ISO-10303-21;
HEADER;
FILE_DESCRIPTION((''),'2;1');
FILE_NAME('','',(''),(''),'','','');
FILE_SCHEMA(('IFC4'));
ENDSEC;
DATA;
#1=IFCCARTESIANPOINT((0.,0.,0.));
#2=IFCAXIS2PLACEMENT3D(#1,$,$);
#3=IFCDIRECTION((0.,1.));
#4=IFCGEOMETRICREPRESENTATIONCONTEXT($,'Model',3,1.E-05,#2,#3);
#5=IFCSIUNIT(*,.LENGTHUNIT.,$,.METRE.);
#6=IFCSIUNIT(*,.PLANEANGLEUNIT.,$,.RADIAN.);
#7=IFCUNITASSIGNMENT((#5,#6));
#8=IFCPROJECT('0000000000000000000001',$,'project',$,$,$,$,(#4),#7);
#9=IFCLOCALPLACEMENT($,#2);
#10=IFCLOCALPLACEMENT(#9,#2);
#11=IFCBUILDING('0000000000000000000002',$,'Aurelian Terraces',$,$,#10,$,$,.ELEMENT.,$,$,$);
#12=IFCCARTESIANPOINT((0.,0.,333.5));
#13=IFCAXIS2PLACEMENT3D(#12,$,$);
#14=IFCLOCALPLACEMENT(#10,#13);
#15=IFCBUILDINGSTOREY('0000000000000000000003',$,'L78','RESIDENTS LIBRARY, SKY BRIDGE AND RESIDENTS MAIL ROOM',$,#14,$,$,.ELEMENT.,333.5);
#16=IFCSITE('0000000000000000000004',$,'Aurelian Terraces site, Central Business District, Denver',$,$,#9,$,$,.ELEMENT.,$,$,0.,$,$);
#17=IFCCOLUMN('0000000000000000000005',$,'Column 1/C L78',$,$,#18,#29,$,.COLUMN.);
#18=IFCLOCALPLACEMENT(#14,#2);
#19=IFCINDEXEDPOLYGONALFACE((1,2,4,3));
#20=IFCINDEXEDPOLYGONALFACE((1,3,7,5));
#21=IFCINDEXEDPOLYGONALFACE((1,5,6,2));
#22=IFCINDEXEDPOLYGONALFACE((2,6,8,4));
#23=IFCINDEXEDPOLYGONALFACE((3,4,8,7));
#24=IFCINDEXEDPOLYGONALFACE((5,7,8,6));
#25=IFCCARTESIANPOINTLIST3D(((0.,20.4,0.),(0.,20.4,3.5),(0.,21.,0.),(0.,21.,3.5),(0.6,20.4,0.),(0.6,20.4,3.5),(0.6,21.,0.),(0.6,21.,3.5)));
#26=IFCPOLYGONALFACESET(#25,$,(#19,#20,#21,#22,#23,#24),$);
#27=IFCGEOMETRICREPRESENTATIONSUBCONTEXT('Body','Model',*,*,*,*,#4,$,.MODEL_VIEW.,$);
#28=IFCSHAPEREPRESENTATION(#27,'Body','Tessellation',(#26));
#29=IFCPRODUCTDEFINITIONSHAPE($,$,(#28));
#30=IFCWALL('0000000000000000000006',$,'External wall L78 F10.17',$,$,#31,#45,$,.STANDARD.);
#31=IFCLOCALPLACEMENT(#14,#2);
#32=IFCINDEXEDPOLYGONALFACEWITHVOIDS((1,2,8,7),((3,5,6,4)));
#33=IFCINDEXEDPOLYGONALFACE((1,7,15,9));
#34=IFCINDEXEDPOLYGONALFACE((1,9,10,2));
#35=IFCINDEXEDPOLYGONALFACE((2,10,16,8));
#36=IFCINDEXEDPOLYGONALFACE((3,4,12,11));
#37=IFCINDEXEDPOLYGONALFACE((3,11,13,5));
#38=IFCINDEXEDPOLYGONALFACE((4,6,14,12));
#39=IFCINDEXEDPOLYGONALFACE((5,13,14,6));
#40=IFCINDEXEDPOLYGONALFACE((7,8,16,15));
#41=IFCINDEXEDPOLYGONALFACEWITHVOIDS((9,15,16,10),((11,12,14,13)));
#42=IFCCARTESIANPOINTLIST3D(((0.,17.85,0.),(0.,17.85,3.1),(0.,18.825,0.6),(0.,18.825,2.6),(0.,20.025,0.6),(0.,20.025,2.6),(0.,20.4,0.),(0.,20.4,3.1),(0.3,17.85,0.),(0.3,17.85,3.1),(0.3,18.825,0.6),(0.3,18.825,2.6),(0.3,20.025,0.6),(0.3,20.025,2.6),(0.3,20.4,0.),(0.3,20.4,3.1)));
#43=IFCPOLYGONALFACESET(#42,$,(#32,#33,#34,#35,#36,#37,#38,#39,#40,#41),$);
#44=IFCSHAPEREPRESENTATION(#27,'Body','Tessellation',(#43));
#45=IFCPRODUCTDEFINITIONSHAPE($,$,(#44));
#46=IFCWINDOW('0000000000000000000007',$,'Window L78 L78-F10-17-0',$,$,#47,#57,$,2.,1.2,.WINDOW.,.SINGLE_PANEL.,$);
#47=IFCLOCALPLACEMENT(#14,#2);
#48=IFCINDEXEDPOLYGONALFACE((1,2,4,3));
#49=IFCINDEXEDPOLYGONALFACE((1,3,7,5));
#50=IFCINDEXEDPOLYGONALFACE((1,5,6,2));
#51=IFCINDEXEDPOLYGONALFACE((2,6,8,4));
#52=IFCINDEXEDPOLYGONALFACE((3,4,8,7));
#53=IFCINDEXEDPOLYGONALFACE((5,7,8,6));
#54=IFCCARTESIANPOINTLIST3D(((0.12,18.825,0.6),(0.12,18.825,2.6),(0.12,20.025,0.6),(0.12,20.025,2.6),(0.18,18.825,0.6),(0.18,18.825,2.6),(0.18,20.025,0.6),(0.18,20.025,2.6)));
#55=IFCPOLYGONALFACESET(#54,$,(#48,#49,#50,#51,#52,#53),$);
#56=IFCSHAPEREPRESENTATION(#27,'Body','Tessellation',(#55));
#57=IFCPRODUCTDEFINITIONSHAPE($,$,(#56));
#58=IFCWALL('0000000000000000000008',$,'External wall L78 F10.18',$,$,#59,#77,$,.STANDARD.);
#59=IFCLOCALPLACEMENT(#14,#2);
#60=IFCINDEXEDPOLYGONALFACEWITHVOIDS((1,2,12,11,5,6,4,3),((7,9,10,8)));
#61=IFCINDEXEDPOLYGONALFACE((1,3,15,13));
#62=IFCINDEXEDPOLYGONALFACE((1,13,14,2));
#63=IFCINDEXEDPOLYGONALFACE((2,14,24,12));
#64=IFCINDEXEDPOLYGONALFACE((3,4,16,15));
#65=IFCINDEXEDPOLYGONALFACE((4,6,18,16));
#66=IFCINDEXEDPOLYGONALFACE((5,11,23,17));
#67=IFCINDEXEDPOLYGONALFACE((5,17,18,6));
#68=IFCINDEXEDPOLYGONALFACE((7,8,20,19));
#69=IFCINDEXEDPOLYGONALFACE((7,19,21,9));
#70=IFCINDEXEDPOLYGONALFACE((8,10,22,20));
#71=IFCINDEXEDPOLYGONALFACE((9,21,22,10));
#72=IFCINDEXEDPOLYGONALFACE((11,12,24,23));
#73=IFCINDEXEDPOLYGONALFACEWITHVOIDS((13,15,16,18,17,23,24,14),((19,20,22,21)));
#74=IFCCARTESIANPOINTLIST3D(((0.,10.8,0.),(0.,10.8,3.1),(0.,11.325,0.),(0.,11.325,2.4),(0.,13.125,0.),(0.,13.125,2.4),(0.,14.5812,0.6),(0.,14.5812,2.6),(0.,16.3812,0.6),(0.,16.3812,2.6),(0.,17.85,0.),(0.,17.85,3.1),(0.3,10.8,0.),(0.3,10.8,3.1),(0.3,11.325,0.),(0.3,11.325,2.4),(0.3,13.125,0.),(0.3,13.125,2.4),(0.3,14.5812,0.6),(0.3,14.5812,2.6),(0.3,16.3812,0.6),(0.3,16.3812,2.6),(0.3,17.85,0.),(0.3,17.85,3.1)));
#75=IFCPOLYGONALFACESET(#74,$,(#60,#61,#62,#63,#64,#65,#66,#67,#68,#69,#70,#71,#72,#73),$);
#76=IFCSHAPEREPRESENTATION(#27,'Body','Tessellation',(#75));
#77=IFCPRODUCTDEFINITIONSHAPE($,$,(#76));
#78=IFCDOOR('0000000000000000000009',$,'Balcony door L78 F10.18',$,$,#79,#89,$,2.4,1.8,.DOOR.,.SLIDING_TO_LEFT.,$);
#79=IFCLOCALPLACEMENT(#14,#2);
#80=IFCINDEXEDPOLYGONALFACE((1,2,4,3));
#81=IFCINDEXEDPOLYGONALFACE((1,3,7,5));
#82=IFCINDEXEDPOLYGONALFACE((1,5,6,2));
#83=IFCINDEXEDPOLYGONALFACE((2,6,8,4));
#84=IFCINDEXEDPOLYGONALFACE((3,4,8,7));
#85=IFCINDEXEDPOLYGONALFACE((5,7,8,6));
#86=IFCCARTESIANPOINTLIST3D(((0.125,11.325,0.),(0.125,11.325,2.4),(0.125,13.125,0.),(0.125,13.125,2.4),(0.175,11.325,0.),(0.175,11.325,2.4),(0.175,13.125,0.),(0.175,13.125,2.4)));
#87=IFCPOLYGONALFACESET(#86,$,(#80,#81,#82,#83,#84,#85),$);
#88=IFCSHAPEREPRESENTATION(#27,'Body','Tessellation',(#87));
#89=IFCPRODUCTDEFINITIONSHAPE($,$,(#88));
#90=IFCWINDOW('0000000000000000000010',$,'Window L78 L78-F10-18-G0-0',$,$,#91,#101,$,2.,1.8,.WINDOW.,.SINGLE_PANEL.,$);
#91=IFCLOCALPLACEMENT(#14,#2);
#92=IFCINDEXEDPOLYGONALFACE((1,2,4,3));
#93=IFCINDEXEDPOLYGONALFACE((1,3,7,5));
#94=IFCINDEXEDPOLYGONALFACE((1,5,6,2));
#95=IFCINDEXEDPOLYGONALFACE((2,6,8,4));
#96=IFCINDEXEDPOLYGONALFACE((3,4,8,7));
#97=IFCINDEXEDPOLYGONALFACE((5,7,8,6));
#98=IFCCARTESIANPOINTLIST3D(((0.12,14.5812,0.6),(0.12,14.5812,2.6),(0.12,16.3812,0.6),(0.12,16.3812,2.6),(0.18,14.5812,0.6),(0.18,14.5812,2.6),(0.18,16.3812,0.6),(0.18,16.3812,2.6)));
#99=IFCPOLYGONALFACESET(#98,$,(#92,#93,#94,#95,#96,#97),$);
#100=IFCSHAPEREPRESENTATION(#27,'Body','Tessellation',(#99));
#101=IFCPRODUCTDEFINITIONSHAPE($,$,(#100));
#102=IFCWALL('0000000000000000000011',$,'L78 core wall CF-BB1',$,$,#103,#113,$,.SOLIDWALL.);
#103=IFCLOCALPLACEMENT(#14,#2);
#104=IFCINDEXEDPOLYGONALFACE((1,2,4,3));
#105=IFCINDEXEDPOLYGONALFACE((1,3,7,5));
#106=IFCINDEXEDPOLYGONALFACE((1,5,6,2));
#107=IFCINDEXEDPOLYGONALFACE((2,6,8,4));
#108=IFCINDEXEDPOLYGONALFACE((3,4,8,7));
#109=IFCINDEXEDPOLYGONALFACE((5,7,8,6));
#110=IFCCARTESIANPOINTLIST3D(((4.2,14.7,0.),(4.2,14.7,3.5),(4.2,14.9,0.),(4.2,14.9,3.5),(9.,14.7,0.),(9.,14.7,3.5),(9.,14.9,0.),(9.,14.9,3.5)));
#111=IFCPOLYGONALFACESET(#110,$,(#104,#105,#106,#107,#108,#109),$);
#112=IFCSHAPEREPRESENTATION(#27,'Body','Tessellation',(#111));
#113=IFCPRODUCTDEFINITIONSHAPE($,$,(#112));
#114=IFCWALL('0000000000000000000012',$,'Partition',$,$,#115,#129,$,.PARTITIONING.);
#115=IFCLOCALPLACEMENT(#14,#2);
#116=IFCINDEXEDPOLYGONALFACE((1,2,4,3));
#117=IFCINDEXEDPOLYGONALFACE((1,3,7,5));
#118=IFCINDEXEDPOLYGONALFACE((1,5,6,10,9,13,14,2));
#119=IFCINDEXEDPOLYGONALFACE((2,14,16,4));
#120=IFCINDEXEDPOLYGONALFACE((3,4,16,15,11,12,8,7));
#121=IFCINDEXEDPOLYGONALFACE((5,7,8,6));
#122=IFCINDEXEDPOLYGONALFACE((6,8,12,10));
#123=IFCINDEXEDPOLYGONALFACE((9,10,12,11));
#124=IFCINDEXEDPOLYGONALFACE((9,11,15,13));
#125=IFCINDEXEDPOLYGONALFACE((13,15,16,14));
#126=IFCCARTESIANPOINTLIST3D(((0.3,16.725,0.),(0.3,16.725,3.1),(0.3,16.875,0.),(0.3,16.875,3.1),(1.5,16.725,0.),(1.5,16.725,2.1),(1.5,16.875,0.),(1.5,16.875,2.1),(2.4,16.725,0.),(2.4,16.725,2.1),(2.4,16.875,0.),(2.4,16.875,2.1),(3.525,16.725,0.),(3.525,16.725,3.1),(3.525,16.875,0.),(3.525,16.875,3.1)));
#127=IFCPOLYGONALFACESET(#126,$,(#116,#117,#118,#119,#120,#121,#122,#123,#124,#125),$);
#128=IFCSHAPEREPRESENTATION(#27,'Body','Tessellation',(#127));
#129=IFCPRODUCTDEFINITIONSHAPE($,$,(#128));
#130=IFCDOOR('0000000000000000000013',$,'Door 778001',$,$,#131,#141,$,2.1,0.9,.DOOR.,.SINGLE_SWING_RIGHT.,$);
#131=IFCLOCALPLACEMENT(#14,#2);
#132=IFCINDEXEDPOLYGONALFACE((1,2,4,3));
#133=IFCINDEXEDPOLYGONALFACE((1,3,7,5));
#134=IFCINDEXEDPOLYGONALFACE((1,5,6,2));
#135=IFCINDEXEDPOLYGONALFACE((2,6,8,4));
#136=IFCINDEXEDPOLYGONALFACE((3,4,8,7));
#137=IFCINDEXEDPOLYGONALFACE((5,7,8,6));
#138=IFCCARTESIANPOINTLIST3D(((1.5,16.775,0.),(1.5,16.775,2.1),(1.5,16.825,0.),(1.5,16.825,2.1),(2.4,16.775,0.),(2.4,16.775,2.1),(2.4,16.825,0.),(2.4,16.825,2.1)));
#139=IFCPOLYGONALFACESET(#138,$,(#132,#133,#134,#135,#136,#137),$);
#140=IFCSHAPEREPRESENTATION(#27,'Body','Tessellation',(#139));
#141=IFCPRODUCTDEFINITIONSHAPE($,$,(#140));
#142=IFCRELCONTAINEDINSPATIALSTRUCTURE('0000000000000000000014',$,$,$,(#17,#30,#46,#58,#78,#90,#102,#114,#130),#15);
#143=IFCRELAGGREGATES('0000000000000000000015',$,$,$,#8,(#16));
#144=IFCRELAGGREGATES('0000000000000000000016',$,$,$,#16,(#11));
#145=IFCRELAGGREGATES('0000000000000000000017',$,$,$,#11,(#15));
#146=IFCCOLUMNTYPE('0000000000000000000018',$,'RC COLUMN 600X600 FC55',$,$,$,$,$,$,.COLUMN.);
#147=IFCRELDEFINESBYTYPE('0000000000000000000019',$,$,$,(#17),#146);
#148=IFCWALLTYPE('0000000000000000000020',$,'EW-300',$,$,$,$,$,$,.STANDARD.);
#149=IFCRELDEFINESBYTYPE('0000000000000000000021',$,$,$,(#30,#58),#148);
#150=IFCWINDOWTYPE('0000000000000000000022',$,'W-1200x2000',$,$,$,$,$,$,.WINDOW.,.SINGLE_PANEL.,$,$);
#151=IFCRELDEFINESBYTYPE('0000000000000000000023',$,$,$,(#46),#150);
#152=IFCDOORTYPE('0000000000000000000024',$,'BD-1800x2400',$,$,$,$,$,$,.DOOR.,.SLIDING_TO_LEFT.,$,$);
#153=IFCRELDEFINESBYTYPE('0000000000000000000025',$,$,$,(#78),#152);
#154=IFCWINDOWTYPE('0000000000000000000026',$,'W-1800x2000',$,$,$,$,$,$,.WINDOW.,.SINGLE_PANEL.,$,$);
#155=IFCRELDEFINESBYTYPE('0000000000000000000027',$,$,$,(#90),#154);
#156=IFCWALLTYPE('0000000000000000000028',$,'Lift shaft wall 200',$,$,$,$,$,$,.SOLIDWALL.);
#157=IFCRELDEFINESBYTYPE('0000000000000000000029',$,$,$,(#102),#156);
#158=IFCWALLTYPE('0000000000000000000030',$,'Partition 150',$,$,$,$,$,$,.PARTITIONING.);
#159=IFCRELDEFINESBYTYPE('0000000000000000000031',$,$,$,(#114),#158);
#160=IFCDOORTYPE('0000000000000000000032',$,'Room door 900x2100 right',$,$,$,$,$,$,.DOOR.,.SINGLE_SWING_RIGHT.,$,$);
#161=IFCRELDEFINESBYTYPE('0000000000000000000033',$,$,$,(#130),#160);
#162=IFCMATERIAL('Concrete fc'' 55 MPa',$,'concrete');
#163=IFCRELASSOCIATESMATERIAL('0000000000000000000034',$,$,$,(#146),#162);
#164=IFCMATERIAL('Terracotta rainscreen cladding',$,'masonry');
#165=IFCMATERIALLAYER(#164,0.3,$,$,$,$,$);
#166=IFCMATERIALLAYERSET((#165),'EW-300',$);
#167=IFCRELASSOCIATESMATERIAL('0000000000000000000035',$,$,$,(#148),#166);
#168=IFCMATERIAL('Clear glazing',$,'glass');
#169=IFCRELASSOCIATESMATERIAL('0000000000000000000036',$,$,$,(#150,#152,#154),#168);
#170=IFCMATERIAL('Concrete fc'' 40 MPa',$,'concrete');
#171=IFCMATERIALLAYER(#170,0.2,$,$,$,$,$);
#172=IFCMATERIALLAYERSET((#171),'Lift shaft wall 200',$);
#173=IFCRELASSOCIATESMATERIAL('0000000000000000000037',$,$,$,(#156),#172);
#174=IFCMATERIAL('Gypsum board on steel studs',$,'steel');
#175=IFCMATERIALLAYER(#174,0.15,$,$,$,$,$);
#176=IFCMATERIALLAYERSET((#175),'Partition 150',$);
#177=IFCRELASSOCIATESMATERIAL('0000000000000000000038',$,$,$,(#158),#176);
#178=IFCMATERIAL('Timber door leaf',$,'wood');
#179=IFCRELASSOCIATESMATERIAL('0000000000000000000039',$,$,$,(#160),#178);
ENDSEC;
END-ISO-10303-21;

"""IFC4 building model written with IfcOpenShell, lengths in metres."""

from ifc_helpers import new_model, si_unit, direction, frame, frame_2d, origin, origin_2d, place, context, subcontext, project, spatial, rectangle, extrude, source, transform, mapped, material, layer, layer_set, material_profile, profile_set, type_object, element, fill, save


model = new_model("IFC4")

# Units and contexts
model_context = context("Model", 3, precision=1e-05, world=origin(), true_north=direction((0.0, 1.0)))
body_context = subcontext(model_context, "Body", "Model", "MODEL_VIEW")
ifc_project = project(units=[si_unit("LENGTHUNIT", "METRE"), si_unit("PLANEANGLEUNIT", "RADIAN")], contexts=[model_context])

# Site, building, storey
site_placement = place(None, origin())
site = spatial("IfcSite", under=ifc_project, at=site_placement, Name="Aurelian Terraces site, Central Business District, Denver", CompositionType="ELEMENT", RefElevation=0.0)
building_placement = place(site_placement, origin())
building = spatial("IfcBuilding", under=site, at=building_placement, Name="Aurelian Terraces", CompositionType="ELEMENT")
storey_placement = place(building_placement, frame((0.0, 0.0, 333.5)))
storey = spatial("IfcBuildingStorey", under=building, at=storey_placement, Name="L78", Description="RESIDENTS LIBRARY, SKY BRIDGE AND RESIDENTS MAIL ROOM", CompositionType="ELEMENT", Elevation=333.5)

# Column
ifc_material_1 = material(Name="Concrete fc' 55 MPa", Category="concrete")
ifc_material_profile = material_profile(ifc_material_1, rectangle(XDim=0.6, YDim=0.6, at=origin_2d()))
ifc_profile_set = profile_set([ifc_material_profile], Name="Concrete fc' 55 MPa")
column_type = type_object("IfcColumnType", Name="RC COLUMN 600X600 FC55", PredefinedType="COLUMN", material=ifc_profile_set)
shared_shape_1 = source(origin(), body_context, "Body", "SweptSolid", [
    extrude(rectangle(XDim=0.6, YDim=0.6, at=origin_2d()), origin(), (0.0, 0.0, 1.0), 3.5),
])
column_placement = place(storey_placement, frame((0.3, 20.7, 0.0), z_axis=(0.0, 0.0, 1.0), x_axis=(1.0, 0.0, 0.0)))
element("IfcColumn", 1, at=column_placement, inside=storey, type_object=column_type, Name="Column 1/C L78", PredefinedType="COLUMN", context=body_context, shape_type="MappedRepresentation", body=[
    mapped(shared_shape_1, transform((0.0, 0.0, 0.0), scale=1.0)),
])

# Wall, opening, window
ifc_material_2 = material(Name="Terracotta rainscreen cladding", Category="masonry")
ifc_layer_1 = layer(ifc_material_2, 0.3)
ifc_layer_set_1 = layer_set([ifc_layer_1], Name="EW-300")
wall_type_1 = type_object("IfcWallType", Name="EW-300", PredefinedType="STANDARD", material=ifc_layer_set_1)
wall_1_placement = place(storey_placement, frame((0.15, 20.4, 0.0), z_axis=(0.0, 0.0, 1.0), x_axis=(0.0, -1.0, 0.0)))
wall_1 = element("IfcWall", 2, at=wall_1_placement, inside=storey, type_object=wall_type_1, Name="External wall L78 F10.17", PredefinedType="STANDARD", context=body_context, shape_type="SweptSolid", body=[
    extrude(rectangle(XDim=2.55, YDim=0.3, at=frame_2d((1.275, 0.0))), origin(), (0.0, 0.0, 1.0), 3.1),
])
shared_shape_2 = source(origin(), body_context, "Body", "SweptSolid", [
    extrude(rectangle(XDim=1.2, YDim=2.0, at=frame_2d((0.6, 1.0))), frame((0.0, 0.16, 0.0), z_axis=(0.0, -1.0, 0.0), x_axis=(1.0, 0.0, 0.0)), (0.0, 0.0, 1.0), 0.32),
])
opening_1_placement = place(wall_1_placement, frame((0.375, 0.0, 0.6)))
opening_1 = element("IfcOpeningElement", 3, at=opening_1_placement, cuts=wall_1, PredefinedType="OPENING", context=body_context, shape_type="MappedRepresentation", body=[
    mapped(shared_shape_2, transform((0.0, 0.0, 0.0), scale=1.0)),
])
ifc_material_3 = material(Name="Clear glazing", Category="glass")
window_type_1 = type_object("IfcWindowType", Name="W-1200x2000", PartitioningType="SINGLE_PANEL", PredefinedType="WINDOW", material=ifc_material_3)
shared_shape_3 = source(origin(), body_context, "Body", "SweptSolid", [
    extrude(rectangle(XDim=1.2, YDim=2.0, at=frame_2d((0.6, 1.0))), frame((0.0, 0.03, 0.0), z_axis=(0.0, -1.0, 0.0), x_axis=(1.0, 0.0, 0.0)), (0.0, 0.0, 1.0), 0.06),
])
window_1_placement = place(opening_1_placement, origin())
window_1 = element("IfcWindow", 4, at=window_1_placement, inside=storey, type_object=window_type_1, Name="Window L78 L78-F10-17-0", OverallHeight=2.0, OverallWidth=1.2, PartitioningType="SINGLE_PANEL", PredefinedType="WINDOW", context=body_context, shape_type="MappedRepresentation", body=[
    mapped(shared_shape_3, transform((0.0, 0.0, 0.0), scale=1.0)),
])
fill(opening_1, window_1)

# Wall, openings, door, window
wall_2_placement = place(storey_placement, frame((0.15, 17.85, 0.0), z_axis=(0.0, 0.0, 1.0), x_axis=(0.0, -1.0, 0.0)))
wall_2 = element("IfcWall", 5, at=wall_2_placement, inside=storey, type_object=wall_type_1, Name="External wall L78 F10.18", PredefinedType="STANDARD", context=body_context, shape_type="SweptSolid", body=[
    extrude(rectangle(XDim=7.05, YDim=0.3, at=frame_2d((3.525, 0.0))), origin(), (0.0, 0.0, 1.0), 3.1),
])
shared_shape_4 = source(origin(), body_context, "Body", "SweptSolid", [
    extrude(rectangle(XDim=1.8, YDim=2.4, at=frame_2d((0.9, 1.2))), frame((0.0, 0.16, 0.0), z_axis=(0.0, -1.0, 0.0), x_axis=(1.0, 0.0, 0.0)), (0.0, 0.0, 1.0), 0.32),
])
opening_2_placement = place(wall_2_placement, frame((4.725, 0.0, 0.0)))
opening_2 = element("IfcOpeningElement", 6, at=opening_2_placement, cuts=wall_2, PredefinedType="OPENING", context=body_context, shape_type="MappedRepresentation", body=[
    mapped(shared_shape_4, transform((0.0, 0.0, 0.0), scale=1.0)),
])
shared_shape_5 = source(origin(), body_context, "Body", "SweptSolid", [
    extrude(rectangle(XDim=1.8, YDim=2.0, at=frame_2d((0.9, 1.0))), frame((0.0, 0.16, 0.0), z_axis=(0.0, -1.0, 0.0), x_axis=(1.0, 0.0, 0.0)), (0.0, 0.0, 1.0), 0.32),
])
opening_3_placement = place(wall_2_placement, frame((1.4688, 0.0, 0.6)))
opening_3 = element("IfcOpeningElement", 7, at=opening_3_placement, cuts=wall_2, PredefinedType="OPENING", context=body_context, shape_type="MappedRepresentation", body=[
    mapped(shared_shape_5, transform((0.0, 0.0, 0.0), scale=1.0)),
])
door_type_1 = type_object("IfcDoorType", Name="BD-1800x2400", OperationType="SLIDING_TO_LEFT", PredefinedType="DOOR", material=ifc_material_3)
shared_shape_6 = source(origin(), body_context, "Body", "SweptSolid", [
    extrude(rectangle(XDim=1.8, YDim=2.4, at=frame_2d((0.9, 1.2))), frame((0.0, 0.025, 0.0), z_axis=(0.0, -1.0, 0.0), x_axis=(1.0, 0.0, 0.0)), (0.0, 0.0, 1.0), 0.05),
])
door_1_placement = place(opening_2_placement, origin())
door_1 = element("IfcDoor", 8, at=door_1_placement, inside=storey, type_object=door_type_1, Name="Balcony door L78 F10.18", OperationType="SLIDING_TO_LEFT", OverallHeight=2.4, OverallWidth=1.8, PredefinedType="DOOR", context=body_context, shape_type="MappedRepresentation", body=[
    mapped(shared_shape_6, transform((0.0, 0.0, 0.0), scale=1.0)),
])
fill(opening_2, door_1)
window_type_2 = type_object("IfcWindowType", Name="W-1800x2000", PartitioningType="SINGLE_PANEL", PredefinedType="WINDOW", material=ifc_material_3)
shared_shape_7 = source(origin(), body_context, "Body", "SweptSolid", [
    extrude(rectangle(XDim=1.8, YDim=2.0, at=frame_2d((0.9, 1.0))), frame((0.0, 0.03, 0.0), z_axis=(0.0, -1.0, 0.0), x_axis=(1.0, 0.0, 0.0)), (0.0, 0.0, 1.0), 0.06),
])
window_2_placement = place(opening_3_placement, origin())
window_2 = element("IfcWindow", 9, at=window_2_placement, inside=storey, type_object=window_type_2, Name="Window L78 L78-F10-18-G0-0", OverallHeight=2.0, OverallWidth=1.8, PartitioningType="SINGLE_PANEL", PredefinedType="WINDOW", context=body_context, shape_type="MappedRepresentation", body=[
    mapped(shared_shape_7, transform((0.0, 0.0, 0.0), scale=1.0)),
])
fill(opening_3, window_2)

# Wall
ifc_material_4 = material(Name="Concrete fc' 40 MPa", Category="concrete")
ifc_layer_2 = layer(ifc_material_4, 0.2)
ifc_layer_set_2 = layer_set([ifc_layer_2], Name="Lift shaft wall 200")
wall_type_2 = type_object("IfcWallType", Name="Lift shaft wall 200", PredefinedType="SOLIDWALL", material=ifc_layer_set_2)
shared_shape_8 = source(origin(), body_context, "Body", "SweptSolid", [
    extrude(rectangle(XDim=4.8, YDim=0.2, at=frame_2d((2.4, 0.0))), origin(), (0.0, 0.0, 1.0), 3.5),
])
wall_3_placement = place(storey_placement, frame((4.2, 14.8, 0.0), z_axis=(0.0, 0.0, 1.0), x_axis=(1.0, 0.0, 0.0)))
element("IfcWall", 10, at=wall_3_placement, inside=storey, type_object=wall_type_2, Name="L78 core wall CF-BB1", PredefinedType="SOLIDWALL", context=body_context, shape_type="MappedRepresentation", body=[
    mapped(shared_shape_8, transform((0.0, 0.0, 0.0), scale=1.0)),
])

# Wall, opening, door
ifc_material_5 = material(Name="Gypsum board on steel studs", Category="steel")
ifc_layer_3 = layer(ifc_material_5, 0.15)
ifc_layer_set_3 = layer_set([ifc_layer_3], Name="Partition 150")
wall_type_3 = type_object("IfcWallType", Name="Partition 150", PredefinedType="PARTITIONING", material=ifc_layer_set_3)
shared_shape_9 = source(origin(), body_context, "Body", "SweptSolid", [
    extrude(rectangle(XDim=3.225, YDim=0.15, at=frame_2d((1.6125, 0.0))), origin(), (0.0, 0.0, 1.0), 3.1),
])
wall_4_placement = place(storey_placement, frame((0.3, 16.8, 0.0), z_axis=(0.0, 0.0, 1.0), x_axis=(1.0, 0.0, 0.0)))
wall_4 = element("IfcWall", 11, at=wall_4_placement, inside=storey, type_object=wall_type_3, Name="Partition", PredefinedType="PARTITIONING", context=body_context, shape_type="MappedRepresentation", body=[
    mapped(shared_shape_9, transform((0.0, 0.0, 0.0), scale=1.0)),
])
shared_shape_10 = source(origin(), body_context, "Body", "SweptSolid", [
    extrude(rectangle(XDim=0.9, YDim=2.1, at=frame_2d((0.45, 1.05))), frame((0.0, 0.085, 0.0), z_axis=(0.0, -1.0, 0.0), x_axis=(1.0, 0.0, 0.0)), (0.0, 0.0, 1.0), 0.17),
])
opening_4_placement = place(wall_4_placement, frame((1.2, 0.0, 0.0)))
opening_4 = element("IfcOpeningElement", 12, at=opening_4_placement, cuts=wall_4, PredefinedType="OPENING", context=body_context, shape_type="MappedRepresentation", body=[
    mapped(shared_shape_10, transform((0.0, 0.0, 0.0), scale=1.0)),
])
ifc_material_6 = material(Name="Timber door leaf", Category="wood")
door_type_2 = type_object("IfcDoorType", Name="Room door 900x2100 right", OperationType="SINGLE_SWING_RIGHT", PredefinedType="DOOR", material=ifc_material_6)
shared_shape_11 = source(origin(), body_context, "Body", "SweptSolid", [
    extrude(rectangle(XDim=0.9, YDim=2.1, at=frame_2d((0.45, 1.05))), frame((0.0, 0.025, 0.0), z_axis=(0.0, -1.0, 0.0), x_axis=(1.0, 0.0, 0.0)), (0.0, 0.0, 1.0), 0.05),
])
door_2_placement = place(opening_4_placement, origin())
door_2 = element("IfcDoor", 13, at=door_2_placement, inside=storey, type_object=door_type_2, Name="Door 778001", OperationType="SINGLE_SWING_RIGHT", OverallHeight=2.1, OverallWidth=0.9, PredefinedType="DOOR", context=body_context, shape_type="MappedRepresentation", body=[
    mapped(shared_shape_11, transform((0.0, 0.0, 0.0), scale=1.0)),
])
fill(opening_4, door_2)

save(model, "model.ifc")
